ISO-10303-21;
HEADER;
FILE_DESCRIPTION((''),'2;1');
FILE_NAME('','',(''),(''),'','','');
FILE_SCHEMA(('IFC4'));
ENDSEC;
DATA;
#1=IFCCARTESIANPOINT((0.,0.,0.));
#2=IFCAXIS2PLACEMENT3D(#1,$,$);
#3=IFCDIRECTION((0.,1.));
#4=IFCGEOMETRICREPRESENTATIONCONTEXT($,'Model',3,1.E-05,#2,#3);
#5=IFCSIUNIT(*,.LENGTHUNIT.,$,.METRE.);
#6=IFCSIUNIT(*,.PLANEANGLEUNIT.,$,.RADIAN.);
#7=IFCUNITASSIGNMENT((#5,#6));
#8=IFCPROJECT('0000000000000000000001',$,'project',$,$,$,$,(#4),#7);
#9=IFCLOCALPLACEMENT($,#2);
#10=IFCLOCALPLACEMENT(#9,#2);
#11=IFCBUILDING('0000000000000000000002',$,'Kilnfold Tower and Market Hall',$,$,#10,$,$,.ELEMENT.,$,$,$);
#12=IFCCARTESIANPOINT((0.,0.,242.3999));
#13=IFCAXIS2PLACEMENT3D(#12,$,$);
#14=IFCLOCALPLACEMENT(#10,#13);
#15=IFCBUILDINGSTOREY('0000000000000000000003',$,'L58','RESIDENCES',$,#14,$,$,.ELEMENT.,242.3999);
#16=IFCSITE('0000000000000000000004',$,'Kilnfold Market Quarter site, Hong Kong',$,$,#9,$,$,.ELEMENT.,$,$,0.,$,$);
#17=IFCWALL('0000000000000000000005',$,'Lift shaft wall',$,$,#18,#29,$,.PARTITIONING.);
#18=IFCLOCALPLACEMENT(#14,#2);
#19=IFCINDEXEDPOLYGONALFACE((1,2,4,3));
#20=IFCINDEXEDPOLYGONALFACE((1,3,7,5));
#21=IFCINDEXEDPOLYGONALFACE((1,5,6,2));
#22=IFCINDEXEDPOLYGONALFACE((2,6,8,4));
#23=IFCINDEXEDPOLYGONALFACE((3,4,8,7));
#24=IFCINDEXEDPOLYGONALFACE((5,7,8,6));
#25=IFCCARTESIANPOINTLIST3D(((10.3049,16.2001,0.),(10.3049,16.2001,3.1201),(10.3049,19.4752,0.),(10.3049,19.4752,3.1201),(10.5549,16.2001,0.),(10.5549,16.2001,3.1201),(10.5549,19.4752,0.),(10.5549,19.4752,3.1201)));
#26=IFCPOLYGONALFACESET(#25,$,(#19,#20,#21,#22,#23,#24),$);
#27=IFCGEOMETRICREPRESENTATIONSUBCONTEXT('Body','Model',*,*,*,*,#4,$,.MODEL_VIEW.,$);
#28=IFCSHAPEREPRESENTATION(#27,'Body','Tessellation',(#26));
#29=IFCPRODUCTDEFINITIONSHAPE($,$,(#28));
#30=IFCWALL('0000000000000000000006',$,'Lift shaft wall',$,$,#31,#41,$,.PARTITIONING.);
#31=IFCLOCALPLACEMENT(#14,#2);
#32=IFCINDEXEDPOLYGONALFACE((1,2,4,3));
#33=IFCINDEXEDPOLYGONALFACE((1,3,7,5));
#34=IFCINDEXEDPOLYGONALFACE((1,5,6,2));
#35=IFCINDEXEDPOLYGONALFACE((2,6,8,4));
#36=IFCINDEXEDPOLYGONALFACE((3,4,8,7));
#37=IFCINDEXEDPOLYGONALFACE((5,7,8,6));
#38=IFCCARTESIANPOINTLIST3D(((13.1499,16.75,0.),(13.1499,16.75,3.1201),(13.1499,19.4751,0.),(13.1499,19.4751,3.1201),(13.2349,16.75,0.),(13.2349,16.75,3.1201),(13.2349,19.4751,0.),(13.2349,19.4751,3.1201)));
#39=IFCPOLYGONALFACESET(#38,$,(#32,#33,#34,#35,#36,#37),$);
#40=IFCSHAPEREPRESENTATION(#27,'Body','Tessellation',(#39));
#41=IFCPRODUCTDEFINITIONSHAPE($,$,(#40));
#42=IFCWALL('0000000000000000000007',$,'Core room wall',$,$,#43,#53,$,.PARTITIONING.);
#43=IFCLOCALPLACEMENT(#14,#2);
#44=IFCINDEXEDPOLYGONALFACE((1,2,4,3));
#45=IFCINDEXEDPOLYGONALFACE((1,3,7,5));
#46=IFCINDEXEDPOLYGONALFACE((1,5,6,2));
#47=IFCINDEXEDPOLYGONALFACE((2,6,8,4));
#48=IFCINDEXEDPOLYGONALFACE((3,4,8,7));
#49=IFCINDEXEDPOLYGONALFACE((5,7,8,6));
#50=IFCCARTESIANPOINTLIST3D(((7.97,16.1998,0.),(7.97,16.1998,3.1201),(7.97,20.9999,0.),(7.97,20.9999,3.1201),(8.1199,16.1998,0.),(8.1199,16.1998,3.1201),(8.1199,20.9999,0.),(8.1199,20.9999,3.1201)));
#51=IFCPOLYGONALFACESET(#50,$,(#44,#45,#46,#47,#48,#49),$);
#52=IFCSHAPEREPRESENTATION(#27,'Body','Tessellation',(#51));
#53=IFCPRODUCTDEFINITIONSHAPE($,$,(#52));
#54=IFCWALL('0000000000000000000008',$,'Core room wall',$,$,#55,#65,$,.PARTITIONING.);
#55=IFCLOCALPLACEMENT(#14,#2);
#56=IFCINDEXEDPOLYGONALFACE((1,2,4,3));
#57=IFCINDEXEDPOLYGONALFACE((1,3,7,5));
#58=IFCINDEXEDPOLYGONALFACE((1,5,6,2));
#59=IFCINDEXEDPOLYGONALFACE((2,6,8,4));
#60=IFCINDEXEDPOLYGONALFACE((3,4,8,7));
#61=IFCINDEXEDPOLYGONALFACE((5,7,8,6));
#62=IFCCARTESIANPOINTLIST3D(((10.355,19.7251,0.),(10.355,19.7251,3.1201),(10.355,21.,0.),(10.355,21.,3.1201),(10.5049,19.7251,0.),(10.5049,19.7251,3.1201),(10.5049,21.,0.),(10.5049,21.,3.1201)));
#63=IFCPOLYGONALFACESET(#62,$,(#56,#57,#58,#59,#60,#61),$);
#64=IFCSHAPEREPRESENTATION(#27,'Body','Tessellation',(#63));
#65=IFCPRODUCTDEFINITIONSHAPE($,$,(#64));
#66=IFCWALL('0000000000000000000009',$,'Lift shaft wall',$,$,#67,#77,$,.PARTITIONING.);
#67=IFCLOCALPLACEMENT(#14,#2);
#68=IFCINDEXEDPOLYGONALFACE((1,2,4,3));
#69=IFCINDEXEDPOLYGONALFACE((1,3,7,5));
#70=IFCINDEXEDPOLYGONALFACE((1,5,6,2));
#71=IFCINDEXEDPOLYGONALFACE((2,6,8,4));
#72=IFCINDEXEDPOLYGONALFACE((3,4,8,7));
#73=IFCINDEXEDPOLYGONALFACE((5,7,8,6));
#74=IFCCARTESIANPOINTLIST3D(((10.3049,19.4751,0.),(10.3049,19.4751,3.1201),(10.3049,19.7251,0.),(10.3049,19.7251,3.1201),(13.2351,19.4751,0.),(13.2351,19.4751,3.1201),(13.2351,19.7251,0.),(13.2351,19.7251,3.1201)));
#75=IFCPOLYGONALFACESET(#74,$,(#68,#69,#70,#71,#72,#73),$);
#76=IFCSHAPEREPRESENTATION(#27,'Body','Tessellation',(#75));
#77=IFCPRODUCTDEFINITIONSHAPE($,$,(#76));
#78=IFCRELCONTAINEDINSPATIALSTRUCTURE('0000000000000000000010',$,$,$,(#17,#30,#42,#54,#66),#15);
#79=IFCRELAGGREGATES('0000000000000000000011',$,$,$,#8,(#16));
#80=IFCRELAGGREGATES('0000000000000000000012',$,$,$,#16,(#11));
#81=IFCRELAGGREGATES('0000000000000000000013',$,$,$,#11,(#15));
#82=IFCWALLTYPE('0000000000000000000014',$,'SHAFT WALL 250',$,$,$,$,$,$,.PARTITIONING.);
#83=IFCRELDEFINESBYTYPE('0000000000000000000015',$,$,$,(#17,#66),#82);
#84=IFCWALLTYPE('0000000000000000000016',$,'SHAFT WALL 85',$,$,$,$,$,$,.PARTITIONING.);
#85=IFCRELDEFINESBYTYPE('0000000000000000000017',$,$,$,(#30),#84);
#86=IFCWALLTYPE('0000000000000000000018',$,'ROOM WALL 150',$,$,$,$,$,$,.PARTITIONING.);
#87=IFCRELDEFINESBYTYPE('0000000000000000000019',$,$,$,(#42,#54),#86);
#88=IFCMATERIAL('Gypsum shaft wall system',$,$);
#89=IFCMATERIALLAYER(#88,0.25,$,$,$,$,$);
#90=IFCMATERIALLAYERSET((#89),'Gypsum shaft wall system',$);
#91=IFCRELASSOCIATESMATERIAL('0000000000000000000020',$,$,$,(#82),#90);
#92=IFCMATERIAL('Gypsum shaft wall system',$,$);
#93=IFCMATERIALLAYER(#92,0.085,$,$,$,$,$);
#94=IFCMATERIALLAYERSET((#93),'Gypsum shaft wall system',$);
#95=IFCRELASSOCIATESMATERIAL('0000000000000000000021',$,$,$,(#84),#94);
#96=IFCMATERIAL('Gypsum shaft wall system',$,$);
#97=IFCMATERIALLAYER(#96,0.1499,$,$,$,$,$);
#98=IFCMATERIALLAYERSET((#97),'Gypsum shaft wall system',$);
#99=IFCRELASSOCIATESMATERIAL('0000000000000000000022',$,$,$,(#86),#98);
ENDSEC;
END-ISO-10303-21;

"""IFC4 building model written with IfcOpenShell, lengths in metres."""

from ifc_helpers import new_model, si_unit, direction, frame, frame_2d, origin, place, context, subcontext, project, spatial, rectangle, extrude, source, transform, mapped, material, layer, layer_set, type_object, element, save


model = new_model("IFC4")

# Units and contexts
model_context = context("Model", 3, precision=1e-05, world=origin(), true_north=direction((0.0, 1.0)))
body_context = subcontext(model_context, "Body", "Model", "MODEL_VIEW")
ifc_project = project(units=[si_unit("LENGTHUNIT", "METRE"), si_unit("PLANEANGLEUNIT", "RADIAN")], contexts=[model_context])

# Site, building, storey
site_placement = place(None, origin())
site = spatial("IfcSite", under=ifc_project, at=site_placement, Name="Kilnfold Market Quarter site, Hong Kong", CompositionType="ELEMENT", RefElevation=0.0)
building_placement = place(site_placement, origin())
building = spatial("IfcBuilding", under=site, at=building_placement, Name="Kilnfold Tower and Market Hall", CompositionType="ELEMENT")
storey_placement = place(building_placement, frame((0.0, 0.0, 242.3999)))
storey = spatial("IfcBuildingStorey", under=building, at=storey_placement, Name="L58", Description="RESIDENCES", CompositionType="ELEMENT", Elevation=242.3999)

# Walls
ifc_material_1 = material(Name="Gypsum shaft wall system")
ifc_layer_1 = layer(ifc_material_1, 0.25)
ifc_layer_set_1 = layer_set([ifc_layer_1], Name="Gypsum shaft wall system")
wall_type_1 = type_object("IfcWallType", Name="SHAFT WALL 250", PredefinedType="PARTITIONING", material=ifc_layer_set_1)
shared_shape_1 = source(origin(), body_context, "Body", "SweptSolid", [
    extrude(rectangle(XDim=3.2751, YDim=0.25, at=frame_2d((1.6377, 0.0))), origin(), (0.0, 0.0, 1.0), 3.1201),
])
wall_1_placement = place(storey_placement, frame((10.4299, 16.2, 0.0), z_axis=(0.0, 0.0, 1.0), x_axis=(0.0, 1.0, 0.0)))
element("IfcWall", 1, at=wall_1_placement, inside=storey, type_object=wall_type_1, Name="Lift shaft wall", PredefinedType="PARTITIONING", context=body_context, shape_type="MappedRepresentation", body=[
    mapped(shared_shape_1, transform((0.0, 0.0, 0.0))),
])
ifc_material_2 = material(Name="Gypsum shaft wall system")
ifc_layer_2 = layer(ifc_material_2, 0.085)
ifc_layer_set_2 = layer_set([ifc_layer_2], Name="Gypsum shaft wall system")
wall_type_2 = type_object("IfcWallType", Name="SHAFT WALL 85", PredefinedType="PARTITIONING", material=ifc_layer_set_2)
shared_shape_2 = source(origin(), body_context, "Body", "SweptSolid", [
    extrude(rectangle(XDim=2.7251, YDim=0.085, at=frame_2d((1.3625, 0.0))), origin(), (0.0, 0.0, 1.0), 3.1201),
])
wall_2_placement = place(storey_placement, frame((13.1924, 16.75, 0.0), z_axis=(0.0, 0.0, 1.0), x_axis=(0.0, 1.0, 0.0)))
element("IfcWall", 2, at=wall_2_placement, inside=storey, type_object=wall_type_2, Name="Lift shaft wall", PredefinedType="PARTITIONING", context=body_context, shape_type="MappedRepresentation", body=[
    mapped(shared_shape_2, transform((0.0, 0.0, 0.0))),
])
ifc_material_3 = material(Name="Gypsum shaft wall system")
ifc_layer_3 = layer(ifc_material_3, 0.1499)
ifc_layer_set_3 = layer_set([ifc_layer_3], Name="Gypsum shaft wall system")
wall_type_3 = type_object("IfcWallType", Name="ROOM WALL 150", PredefinedType="PARTITIONING", material=ifc_layer_set_3)
shared_shape_3 = source(origin(), body_context, "Body", "SweptSolid", [
    extrude(rectangle(XDim=4.8, YDim=0.1499, at=frame_2d((2.3999, 0.0))), origin(), (0.0, 0.0, 1.0), 3.1201),
])
wall_3_placement = place(storey_placement, frame((8.0449, 16.2, 0.0), z_axis=(0.0, 0.0, 1.0), x_axis=(0.0, 1.0, 0.0)))
element("IfcWall", 3, at=wall_3_placement, inside=storey, type_object=wall_type_3, Name="Core room wall", PredefinedType="PARTITIONING", context=body_context, shape_type="MappedRepresentation", body=[
    mapped(shared_shape_3, transform((0.0, 0.0, 0.0))),
])
shared_shape_4 = source(origin(), body_context, "Body", "SweptSolid", [
    extrude(rectangle(XDim=1.2749, YDim=0.1499, at=frame_2d((0.6375, 0.0))), origin(), (0.0, 0.0, 1.0), 3.1201),
])
wall_4_placement = place(storey_placement, frame((10.4299, 19.7251, 0.0), z_axis=(0.0, 0.0, 1.0), x_axis=(0.0, 1.0, 0.0)))
element("IfcWall", 4, at=wall_4_placement, inside=storey, type_object=wall_type_3, Name="Core room wall", PredefinedType="PARTITIONING", context=body_context, shape_type="MappedRepresentation", body=[
    mapped(shared_shape_4, transform((0.0, 0.0, 0.0))),
])
shared_shape_5 = source(origin(), body_context, "Body", "SweptSolid", [
    extrude(rectangle(XDim=2.9302, YDim=0.25, at=frame_2d((1.4651, 0.0))), origin(), (0.0, 0.0, 1.0), 3.1201),
])
wall_5_placement = place(storey_placement, frame((10.3049, 19.6001, 0.0), z_axis=(0.0, 0.0, 1.0), x_axis=(1.0, 0.0, 0.0)))
element("IfcWall", 5, at=wall_5_placement, inside=storey, type_object=wall_type_1, Name="Lift shaft wall", PredefinedType="PARTITIONING", context=body_context, shape_type="MappedRepresentation", body=[
    mapped(shared_shape_5, transform((0.0, 0.0, 0.0))),
])

save(model, "model.ifc")
